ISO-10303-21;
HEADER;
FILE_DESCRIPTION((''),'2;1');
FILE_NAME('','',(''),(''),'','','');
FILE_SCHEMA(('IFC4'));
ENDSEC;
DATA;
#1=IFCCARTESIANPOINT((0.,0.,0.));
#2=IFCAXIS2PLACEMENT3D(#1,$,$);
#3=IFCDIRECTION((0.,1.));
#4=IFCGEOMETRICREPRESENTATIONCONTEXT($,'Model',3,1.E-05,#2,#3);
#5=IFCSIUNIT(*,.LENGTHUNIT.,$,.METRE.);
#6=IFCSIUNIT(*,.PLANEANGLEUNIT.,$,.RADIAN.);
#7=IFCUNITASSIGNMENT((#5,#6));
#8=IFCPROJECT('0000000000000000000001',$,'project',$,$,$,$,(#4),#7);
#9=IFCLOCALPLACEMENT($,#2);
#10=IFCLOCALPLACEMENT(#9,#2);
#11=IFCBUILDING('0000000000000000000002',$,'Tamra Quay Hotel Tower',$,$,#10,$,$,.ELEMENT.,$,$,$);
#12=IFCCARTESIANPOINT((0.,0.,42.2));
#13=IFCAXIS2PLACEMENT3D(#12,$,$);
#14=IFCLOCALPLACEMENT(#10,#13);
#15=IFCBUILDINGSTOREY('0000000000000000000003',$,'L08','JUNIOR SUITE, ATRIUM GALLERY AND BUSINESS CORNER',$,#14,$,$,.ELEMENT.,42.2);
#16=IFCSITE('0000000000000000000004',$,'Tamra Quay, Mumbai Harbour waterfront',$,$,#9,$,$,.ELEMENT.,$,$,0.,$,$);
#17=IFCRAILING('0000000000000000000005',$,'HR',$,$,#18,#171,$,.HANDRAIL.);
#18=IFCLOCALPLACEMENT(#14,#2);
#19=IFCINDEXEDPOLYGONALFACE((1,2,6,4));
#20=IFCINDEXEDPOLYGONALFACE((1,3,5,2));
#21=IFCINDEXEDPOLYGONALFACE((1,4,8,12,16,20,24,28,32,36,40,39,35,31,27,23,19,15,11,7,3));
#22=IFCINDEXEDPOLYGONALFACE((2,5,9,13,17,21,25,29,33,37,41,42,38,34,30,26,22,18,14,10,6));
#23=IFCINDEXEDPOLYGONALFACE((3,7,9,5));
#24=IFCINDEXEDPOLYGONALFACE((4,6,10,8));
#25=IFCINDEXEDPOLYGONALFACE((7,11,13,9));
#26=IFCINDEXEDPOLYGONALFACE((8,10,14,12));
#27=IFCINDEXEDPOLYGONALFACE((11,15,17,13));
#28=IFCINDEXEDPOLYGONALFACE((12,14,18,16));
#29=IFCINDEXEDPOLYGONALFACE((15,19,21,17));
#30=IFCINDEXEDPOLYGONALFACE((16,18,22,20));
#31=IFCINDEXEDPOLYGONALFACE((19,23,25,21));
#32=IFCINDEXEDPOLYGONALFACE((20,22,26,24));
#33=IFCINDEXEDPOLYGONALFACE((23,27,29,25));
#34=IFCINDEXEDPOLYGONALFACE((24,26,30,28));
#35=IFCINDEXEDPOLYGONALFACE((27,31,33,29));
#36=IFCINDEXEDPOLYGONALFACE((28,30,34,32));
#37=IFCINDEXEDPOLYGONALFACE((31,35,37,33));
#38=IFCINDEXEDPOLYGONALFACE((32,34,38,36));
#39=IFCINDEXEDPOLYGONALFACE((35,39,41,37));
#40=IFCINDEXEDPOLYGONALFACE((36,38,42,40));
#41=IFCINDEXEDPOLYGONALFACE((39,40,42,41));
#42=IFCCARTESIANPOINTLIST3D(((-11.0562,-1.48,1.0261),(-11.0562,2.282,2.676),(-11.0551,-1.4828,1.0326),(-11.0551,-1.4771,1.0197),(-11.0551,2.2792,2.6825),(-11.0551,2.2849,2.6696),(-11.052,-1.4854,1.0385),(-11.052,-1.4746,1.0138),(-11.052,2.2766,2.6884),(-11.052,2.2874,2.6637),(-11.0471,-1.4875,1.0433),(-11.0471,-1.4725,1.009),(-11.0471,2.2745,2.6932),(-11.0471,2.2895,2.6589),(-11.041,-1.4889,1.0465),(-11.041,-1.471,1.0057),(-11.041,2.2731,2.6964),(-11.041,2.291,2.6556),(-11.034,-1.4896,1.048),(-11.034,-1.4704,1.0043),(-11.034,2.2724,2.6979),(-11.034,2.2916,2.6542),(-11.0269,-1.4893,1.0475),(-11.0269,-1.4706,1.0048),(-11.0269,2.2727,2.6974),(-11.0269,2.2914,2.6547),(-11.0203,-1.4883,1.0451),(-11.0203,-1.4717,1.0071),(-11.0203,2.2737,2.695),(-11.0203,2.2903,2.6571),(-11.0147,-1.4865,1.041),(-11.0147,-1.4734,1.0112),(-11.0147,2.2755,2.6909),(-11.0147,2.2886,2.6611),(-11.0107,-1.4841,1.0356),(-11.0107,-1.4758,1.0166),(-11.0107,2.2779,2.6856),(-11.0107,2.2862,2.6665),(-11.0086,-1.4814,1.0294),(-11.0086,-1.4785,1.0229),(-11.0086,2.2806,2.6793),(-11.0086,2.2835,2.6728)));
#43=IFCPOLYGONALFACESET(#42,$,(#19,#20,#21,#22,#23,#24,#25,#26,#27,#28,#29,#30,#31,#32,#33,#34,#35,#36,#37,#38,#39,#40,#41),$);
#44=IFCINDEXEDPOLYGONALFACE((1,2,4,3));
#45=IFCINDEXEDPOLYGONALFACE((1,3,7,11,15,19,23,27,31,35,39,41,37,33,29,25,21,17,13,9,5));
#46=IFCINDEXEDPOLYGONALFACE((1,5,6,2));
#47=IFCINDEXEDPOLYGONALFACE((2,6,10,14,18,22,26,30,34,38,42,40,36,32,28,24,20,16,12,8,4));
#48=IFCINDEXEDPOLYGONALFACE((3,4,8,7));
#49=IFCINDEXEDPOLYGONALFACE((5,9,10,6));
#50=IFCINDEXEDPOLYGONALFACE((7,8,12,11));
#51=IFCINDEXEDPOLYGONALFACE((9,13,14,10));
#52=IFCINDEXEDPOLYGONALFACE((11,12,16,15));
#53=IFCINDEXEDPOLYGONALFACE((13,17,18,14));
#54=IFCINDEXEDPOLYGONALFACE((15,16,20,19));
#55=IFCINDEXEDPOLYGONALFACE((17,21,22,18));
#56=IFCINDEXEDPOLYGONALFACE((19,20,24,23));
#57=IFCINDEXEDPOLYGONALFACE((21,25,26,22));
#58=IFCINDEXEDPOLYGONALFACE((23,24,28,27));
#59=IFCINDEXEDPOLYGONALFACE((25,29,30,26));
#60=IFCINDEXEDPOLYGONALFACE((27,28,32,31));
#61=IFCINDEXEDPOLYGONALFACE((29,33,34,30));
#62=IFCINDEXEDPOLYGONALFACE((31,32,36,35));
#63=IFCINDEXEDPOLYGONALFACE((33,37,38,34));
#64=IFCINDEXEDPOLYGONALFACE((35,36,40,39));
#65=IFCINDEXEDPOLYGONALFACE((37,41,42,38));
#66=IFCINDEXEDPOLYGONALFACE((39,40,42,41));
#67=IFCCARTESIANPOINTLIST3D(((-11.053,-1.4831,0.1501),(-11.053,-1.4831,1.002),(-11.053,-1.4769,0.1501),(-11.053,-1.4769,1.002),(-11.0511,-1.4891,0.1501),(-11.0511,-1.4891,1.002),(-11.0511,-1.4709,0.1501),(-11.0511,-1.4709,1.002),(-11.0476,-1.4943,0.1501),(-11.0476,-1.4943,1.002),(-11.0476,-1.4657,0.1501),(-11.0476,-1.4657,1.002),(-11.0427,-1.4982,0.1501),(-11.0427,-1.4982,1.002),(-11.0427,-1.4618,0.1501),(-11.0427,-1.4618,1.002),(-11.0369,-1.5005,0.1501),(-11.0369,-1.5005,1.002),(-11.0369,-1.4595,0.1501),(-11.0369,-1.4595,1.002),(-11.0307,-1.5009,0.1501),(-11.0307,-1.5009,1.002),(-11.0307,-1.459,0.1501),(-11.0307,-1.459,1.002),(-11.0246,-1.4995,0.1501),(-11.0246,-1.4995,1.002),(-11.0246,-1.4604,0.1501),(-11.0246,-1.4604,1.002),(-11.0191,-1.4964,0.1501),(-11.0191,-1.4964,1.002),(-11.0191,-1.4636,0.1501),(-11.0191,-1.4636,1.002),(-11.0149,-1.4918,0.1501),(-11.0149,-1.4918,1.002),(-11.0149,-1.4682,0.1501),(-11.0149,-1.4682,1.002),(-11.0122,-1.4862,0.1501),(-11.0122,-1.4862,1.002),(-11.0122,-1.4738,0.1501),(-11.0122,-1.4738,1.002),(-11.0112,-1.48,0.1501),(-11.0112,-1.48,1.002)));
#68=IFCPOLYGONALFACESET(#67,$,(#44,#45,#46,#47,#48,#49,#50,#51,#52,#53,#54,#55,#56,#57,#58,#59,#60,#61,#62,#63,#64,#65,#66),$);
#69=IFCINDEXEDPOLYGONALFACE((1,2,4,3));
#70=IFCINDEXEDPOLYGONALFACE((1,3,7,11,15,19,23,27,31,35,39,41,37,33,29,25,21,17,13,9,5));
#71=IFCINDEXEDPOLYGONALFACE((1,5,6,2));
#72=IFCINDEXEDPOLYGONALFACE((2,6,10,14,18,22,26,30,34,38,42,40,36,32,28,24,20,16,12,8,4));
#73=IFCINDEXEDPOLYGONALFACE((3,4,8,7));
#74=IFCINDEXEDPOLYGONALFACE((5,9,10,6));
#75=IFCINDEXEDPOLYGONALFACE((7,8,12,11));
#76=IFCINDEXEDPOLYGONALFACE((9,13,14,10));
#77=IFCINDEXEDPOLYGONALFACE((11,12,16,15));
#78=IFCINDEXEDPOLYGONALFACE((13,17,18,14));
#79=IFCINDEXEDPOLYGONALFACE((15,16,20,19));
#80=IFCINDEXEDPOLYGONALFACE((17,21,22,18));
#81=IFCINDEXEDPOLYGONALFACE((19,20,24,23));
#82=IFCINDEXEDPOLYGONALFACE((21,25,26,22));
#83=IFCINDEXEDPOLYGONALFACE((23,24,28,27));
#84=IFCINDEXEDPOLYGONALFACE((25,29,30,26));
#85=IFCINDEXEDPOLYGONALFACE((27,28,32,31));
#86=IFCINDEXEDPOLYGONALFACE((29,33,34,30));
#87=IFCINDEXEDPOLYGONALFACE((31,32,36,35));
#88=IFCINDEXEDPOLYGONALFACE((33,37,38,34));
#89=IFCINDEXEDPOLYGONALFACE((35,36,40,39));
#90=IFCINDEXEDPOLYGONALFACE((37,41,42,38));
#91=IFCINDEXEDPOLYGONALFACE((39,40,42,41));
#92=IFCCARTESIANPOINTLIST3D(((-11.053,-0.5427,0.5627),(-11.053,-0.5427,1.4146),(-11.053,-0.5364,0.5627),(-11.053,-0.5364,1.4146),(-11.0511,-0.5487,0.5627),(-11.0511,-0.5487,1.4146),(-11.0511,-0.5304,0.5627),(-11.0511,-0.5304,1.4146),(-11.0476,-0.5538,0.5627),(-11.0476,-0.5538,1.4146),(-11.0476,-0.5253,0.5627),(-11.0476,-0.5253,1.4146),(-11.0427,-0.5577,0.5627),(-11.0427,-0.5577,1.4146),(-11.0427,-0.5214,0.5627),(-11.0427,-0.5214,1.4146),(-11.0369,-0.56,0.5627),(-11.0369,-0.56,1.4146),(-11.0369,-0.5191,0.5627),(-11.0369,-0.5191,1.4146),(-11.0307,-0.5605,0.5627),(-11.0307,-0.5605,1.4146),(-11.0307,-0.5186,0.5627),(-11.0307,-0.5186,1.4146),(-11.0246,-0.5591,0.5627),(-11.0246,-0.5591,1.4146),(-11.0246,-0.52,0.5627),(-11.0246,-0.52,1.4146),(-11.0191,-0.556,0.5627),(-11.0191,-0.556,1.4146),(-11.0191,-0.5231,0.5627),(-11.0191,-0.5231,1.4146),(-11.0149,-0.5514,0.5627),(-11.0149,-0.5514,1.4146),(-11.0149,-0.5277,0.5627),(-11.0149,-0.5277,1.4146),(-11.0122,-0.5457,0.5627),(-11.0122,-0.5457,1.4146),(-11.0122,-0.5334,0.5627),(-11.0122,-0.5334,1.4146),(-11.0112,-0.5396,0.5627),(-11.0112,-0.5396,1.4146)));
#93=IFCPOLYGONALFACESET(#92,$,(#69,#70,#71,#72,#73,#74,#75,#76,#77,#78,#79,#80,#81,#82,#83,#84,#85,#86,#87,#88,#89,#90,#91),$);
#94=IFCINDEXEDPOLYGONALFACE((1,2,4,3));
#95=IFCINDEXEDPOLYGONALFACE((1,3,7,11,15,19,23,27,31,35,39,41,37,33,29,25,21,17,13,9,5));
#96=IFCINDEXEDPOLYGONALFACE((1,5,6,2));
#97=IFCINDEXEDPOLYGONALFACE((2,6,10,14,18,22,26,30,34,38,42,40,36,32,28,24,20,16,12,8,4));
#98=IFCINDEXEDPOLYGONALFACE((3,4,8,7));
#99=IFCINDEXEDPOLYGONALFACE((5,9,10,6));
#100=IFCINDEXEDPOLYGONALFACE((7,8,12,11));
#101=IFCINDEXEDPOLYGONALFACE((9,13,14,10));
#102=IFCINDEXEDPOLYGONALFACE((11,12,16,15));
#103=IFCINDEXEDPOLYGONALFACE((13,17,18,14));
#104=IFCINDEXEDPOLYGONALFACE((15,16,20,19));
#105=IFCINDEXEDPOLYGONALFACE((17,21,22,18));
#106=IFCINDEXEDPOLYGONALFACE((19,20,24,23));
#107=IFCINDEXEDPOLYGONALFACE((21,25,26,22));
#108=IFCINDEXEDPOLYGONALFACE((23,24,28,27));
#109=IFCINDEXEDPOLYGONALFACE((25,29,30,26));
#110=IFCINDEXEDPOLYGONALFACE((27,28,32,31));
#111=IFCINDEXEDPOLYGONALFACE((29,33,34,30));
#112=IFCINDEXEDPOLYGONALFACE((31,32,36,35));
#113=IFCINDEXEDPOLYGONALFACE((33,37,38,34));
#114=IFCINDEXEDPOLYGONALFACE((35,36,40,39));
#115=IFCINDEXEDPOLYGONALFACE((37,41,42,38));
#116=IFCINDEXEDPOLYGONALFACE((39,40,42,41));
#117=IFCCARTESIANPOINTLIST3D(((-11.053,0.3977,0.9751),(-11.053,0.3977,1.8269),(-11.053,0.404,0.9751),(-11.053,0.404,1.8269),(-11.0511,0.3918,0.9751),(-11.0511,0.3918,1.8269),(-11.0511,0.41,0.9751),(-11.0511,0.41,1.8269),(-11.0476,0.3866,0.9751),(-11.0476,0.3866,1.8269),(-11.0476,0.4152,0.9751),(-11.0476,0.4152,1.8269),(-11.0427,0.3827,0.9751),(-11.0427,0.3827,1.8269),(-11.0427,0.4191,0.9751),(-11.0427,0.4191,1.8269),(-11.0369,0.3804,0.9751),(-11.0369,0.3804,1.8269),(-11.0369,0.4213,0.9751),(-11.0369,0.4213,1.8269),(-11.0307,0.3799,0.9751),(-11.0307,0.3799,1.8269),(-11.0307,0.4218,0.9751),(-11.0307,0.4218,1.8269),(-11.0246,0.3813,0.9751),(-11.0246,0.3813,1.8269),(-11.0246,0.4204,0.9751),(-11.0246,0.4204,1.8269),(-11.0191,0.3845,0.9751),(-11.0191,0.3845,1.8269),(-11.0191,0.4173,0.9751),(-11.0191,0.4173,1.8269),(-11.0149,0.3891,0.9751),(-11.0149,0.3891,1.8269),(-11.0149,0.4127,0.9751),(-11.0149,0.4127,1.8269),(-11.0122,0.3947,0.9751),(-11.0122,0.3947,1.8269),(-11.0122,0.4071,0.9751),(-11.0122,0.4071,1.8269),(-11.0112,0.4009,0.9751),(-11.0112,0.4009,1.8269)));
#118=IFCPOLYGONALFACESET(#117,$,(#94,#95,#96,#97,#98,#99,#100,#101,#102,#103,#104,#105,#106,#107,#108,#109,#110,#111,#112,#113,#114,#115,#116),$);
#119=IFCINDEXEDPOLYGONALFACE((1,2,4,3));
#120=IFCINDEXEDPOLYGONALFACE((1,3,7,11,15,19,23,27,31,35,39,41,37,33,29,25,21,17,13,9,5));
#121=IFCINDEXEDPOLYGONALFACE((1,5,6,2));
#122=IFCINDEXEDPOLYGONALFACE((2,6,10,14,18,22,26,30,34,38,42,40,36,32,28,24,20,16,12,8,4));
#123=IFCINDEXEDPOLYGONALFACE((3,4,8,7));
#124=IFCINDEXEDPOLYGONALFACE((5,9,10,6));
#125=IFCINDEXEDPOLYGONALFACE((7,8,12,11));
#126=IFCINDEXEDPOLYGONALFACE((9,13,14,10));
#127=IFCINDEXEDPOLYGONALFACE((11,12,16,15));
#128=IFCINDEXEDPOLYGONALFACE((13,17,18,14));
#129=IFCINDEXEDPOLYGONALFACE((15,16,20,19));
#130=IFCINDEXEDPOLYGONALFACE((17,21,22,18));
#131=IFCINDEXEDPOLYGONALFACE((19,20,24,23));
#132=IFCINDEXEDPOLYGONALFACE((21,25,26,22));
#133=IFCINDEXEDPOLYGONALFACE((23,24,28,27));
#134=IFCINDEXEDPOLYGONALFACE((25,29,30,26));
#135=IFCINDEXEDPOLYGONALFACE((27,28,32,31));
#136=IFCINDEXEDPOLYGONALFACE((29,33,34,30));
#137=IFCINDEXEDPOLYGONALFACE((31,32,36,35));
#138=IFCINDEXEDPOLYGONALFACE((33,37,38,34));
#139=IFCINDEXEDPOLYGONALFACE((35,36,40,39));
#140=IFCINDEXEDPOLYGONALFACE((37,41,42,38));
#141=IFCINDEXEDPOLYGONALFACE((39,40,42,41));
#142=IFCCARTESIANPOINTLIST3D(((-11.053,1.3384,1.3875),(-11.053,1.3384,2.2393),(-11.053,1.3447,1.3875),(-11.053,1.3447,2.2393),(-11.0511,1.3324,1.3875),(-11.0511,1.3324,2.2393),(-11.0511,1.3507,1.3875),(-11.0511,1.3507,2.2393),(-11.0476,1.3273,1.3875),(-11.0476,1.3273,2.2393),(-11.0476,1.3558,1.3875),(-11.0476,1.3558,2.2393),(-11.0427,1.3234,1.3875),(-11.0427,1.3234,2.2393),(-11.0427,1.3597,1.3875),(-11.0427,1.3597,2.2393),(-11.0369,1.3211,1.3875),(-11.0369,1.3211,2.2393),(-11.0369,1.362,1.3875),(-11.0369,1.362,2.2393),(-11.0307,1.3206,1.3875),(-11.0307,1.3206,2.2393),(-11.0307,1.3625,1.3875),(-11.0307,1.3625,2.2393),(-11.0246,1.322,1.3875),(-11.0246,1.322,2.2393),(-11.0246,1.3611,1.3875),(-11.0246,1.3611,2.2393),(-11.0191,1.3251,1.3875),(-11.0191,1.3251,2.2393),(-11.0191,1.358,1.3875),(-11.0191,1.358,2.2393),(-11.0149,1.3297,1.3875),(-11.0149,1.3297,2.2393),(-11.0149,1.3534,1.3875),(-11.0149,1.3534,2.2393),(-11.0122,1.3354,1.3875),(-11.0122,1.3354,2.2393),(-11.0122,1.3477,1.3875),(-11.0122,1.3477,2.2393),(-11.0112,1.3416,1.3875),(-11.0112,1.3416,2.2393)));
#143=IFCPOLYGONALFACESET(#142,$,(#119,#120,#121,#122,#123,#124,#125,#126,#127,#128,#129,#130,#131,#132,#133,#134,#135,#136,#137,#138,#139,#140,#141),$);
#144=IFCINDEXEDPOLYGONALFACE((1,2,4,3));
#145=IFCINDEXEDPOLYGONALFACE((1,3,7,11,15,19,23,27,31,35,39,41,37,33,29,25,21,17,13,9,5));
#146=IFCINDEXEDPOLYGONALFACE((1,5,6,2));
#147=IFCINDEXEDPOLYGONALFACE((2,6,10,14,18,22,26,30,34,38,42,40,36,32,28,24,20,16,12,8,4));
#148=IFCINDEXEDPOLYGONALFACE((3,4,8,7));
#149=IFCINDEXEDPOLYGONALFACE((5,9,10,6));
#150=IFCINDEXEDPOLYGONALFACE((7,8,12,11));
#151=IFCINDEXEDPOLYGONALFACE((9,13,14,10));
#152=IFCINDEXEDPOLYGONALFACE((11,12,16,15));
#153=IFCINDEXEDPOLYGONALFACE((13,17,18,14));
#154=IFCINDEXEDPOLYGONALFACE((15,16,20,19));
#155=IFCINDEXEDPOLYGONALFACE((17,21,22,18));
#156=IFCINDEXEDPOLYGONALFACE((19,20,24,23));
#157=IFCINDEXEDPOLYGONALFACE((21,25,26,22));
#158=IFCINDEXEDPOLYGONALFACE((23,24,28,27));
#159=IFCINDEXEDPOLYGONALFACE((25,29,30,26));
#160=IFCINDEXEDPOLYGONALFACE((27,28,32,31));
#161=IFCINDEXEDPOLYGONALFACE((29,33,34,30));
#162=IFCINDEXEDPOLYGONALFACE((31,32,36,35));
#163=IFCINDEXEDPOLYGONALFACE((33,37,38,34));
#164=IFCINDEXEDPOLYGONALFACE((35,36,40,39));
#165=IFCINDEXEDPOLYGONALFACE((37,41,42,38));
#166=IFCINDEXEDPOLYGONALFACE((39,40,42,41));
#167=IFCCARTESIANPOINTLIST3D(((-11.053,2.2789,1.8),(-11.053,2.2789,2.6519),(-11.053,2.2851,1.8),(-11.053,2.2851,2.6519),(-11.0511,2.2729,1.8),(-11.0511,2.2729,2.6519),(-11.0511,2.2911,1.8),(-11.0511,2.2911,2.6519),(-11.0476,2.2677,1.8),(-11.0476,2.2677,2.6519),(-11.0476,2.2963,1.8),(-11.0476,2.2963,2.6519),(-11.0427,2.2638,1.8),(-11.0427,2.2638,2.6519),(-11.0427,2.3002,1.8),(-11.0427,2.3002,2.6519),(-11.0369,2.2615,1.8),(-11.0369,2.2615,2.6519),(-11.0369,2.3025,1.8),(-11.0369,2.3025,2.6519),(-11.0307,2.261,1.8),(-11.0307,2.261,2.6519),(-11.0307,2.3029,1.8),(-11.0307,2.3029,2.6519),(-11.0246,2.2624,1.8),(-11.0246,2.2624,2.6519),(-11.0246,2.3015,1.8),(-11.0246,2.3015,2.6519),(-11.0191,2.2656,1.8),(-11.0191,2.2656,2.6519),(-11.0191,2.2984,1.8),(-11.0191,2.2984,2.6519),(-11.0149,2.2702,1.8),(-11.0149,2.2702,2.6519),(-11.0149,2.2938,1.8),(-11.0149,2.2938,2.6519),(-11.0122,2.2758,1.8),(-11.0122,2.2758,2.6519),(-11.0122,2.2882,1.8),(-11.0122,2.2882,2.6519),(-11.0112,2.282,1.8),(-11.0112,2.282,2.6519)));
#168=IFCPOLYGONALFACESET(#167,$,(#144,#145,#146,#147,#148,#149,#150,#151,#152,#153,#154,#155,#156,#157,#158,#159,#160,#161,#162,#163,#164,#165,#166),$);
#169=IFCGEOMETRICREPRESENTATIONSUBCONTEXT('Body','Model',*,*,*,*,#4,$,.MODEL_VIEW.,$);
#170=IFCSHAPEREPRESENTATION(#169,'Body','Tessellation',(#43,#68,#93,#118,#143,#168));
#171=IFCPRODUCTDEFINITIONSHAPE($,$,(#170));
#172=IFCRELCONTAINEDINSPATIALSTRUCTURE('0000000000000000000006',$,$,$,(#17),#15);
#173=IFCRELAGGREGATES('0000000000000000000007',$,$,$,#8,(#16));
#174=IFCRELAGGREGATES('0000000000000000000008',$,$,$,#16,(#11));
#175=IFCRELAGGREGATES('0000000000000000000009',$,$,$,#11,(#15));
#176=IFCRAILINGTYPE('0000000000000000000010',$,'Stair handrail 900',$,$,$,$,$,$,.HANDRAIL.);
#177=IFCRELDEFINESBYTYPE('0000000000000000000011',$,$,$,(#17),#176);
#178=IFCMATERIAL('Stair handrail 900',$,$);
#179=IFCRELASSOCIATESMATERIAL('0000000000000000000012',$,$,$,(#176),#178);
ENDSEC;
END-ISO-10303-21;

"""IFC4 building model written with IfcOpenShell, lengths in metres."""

from ifc_helpers import new_model, si_unit, direction, frame, origin, origin_2d, place, context, subcontext, project, spatial, circle, extrude, material, type_object, element, save


model = new_model("IFC4")

# Units and contexts
model_context = context("Model", 3, precision=1e-05, world=origin(), true_north=direction((0.0, 1.0)))
body_context = subcontext(model_context, "Body", "Model", "MODEL_VIEW")
ifc_project = project(units=[si_unit("LENGTHUNIT", "METRE"), si_unit("PLANEANGLEUNIT", "RADIAN")], contexts=[model_context])

# Site, building, storey
site_placement = place(None, origin())
site = spatial("IfcSite", under=ifc_project, at=site_placement, Name="Tamra Quay, Mumbai Harbour waterfront", CompositionType="ELEMENT", RefElevation=0.0)
building_placement = place(site_placement, origin())
building = spatial("IfcBuilding", under=site, at=building_placement, Name="Tamra Quay Hotel Tower", CompositionType="ELEMENT")
storey_placement = place(building_placement, frame((0.0, 0.0, 42.2)))
storey = spatial("IfcBuildingStorey", under=building, at=storey_placement, Name="L08", Description="JUNIOR SUITE, ATRIUM GALLERY AND BUSINESS CORNER", CompositionType="ELEMENT", Elevation=42.2)

# Railing
ifc_material_1 = material(Name="Stair handrail 900")
railing_type = type_object("IfcRailingType", Name="Stair handrail 900", PredefinedType="HANDRAIL", material=ifc_material_1)
railing_placement = place(storey_placement, frame((-11.0322, -1.48, 0.1501)))
element("IfcRailing", 1, at=railing_placement, inside=storey, type_object=railing_type, Name="HR", PredefinedType="HANDRAIL", context=body_context, shape_type="SweptSolid", body=[
    extrude(circle(Radius=0.0239, at=origin_2d()), frame((0.0, 0.0, 0.876), z_axis=(0.0, 0.915795, 0.401645), x_axis=(-1.0, 0.0, 0.0)), (0.0, 0.0, 1.0), 4.1079),
    extrude(circle(Radius=0.021, at=origin_2d()), origin(), (0.0, 0.0, 1.0), 0.8518),
    extrude(circle(Radius=0.021, at=origin_2d()), frame((0.0, 0.9404, 0.4126)), (0.0, 0.0, 1.0), 0.8518),
    extrude(circle(Radius=0.021, at=origin_2d()), frame((0.0, 1.8809, 0.825)), (0.0, 0.0, 1.0), 0.8518),
    extrude(circle(Radius=0.021, at=origin_2d()), frame((0.0, 2.8215, 1.2373)), (0.0, 0.0, 1.0), 0.8518),
    extrude(circle(Radius=0.021, at=origin_2d()), frame((0.0, 3.762, 1.6499)), (0.0, 0.0, 1.0), 0.8518),
])

save(model, "model.ifc")
